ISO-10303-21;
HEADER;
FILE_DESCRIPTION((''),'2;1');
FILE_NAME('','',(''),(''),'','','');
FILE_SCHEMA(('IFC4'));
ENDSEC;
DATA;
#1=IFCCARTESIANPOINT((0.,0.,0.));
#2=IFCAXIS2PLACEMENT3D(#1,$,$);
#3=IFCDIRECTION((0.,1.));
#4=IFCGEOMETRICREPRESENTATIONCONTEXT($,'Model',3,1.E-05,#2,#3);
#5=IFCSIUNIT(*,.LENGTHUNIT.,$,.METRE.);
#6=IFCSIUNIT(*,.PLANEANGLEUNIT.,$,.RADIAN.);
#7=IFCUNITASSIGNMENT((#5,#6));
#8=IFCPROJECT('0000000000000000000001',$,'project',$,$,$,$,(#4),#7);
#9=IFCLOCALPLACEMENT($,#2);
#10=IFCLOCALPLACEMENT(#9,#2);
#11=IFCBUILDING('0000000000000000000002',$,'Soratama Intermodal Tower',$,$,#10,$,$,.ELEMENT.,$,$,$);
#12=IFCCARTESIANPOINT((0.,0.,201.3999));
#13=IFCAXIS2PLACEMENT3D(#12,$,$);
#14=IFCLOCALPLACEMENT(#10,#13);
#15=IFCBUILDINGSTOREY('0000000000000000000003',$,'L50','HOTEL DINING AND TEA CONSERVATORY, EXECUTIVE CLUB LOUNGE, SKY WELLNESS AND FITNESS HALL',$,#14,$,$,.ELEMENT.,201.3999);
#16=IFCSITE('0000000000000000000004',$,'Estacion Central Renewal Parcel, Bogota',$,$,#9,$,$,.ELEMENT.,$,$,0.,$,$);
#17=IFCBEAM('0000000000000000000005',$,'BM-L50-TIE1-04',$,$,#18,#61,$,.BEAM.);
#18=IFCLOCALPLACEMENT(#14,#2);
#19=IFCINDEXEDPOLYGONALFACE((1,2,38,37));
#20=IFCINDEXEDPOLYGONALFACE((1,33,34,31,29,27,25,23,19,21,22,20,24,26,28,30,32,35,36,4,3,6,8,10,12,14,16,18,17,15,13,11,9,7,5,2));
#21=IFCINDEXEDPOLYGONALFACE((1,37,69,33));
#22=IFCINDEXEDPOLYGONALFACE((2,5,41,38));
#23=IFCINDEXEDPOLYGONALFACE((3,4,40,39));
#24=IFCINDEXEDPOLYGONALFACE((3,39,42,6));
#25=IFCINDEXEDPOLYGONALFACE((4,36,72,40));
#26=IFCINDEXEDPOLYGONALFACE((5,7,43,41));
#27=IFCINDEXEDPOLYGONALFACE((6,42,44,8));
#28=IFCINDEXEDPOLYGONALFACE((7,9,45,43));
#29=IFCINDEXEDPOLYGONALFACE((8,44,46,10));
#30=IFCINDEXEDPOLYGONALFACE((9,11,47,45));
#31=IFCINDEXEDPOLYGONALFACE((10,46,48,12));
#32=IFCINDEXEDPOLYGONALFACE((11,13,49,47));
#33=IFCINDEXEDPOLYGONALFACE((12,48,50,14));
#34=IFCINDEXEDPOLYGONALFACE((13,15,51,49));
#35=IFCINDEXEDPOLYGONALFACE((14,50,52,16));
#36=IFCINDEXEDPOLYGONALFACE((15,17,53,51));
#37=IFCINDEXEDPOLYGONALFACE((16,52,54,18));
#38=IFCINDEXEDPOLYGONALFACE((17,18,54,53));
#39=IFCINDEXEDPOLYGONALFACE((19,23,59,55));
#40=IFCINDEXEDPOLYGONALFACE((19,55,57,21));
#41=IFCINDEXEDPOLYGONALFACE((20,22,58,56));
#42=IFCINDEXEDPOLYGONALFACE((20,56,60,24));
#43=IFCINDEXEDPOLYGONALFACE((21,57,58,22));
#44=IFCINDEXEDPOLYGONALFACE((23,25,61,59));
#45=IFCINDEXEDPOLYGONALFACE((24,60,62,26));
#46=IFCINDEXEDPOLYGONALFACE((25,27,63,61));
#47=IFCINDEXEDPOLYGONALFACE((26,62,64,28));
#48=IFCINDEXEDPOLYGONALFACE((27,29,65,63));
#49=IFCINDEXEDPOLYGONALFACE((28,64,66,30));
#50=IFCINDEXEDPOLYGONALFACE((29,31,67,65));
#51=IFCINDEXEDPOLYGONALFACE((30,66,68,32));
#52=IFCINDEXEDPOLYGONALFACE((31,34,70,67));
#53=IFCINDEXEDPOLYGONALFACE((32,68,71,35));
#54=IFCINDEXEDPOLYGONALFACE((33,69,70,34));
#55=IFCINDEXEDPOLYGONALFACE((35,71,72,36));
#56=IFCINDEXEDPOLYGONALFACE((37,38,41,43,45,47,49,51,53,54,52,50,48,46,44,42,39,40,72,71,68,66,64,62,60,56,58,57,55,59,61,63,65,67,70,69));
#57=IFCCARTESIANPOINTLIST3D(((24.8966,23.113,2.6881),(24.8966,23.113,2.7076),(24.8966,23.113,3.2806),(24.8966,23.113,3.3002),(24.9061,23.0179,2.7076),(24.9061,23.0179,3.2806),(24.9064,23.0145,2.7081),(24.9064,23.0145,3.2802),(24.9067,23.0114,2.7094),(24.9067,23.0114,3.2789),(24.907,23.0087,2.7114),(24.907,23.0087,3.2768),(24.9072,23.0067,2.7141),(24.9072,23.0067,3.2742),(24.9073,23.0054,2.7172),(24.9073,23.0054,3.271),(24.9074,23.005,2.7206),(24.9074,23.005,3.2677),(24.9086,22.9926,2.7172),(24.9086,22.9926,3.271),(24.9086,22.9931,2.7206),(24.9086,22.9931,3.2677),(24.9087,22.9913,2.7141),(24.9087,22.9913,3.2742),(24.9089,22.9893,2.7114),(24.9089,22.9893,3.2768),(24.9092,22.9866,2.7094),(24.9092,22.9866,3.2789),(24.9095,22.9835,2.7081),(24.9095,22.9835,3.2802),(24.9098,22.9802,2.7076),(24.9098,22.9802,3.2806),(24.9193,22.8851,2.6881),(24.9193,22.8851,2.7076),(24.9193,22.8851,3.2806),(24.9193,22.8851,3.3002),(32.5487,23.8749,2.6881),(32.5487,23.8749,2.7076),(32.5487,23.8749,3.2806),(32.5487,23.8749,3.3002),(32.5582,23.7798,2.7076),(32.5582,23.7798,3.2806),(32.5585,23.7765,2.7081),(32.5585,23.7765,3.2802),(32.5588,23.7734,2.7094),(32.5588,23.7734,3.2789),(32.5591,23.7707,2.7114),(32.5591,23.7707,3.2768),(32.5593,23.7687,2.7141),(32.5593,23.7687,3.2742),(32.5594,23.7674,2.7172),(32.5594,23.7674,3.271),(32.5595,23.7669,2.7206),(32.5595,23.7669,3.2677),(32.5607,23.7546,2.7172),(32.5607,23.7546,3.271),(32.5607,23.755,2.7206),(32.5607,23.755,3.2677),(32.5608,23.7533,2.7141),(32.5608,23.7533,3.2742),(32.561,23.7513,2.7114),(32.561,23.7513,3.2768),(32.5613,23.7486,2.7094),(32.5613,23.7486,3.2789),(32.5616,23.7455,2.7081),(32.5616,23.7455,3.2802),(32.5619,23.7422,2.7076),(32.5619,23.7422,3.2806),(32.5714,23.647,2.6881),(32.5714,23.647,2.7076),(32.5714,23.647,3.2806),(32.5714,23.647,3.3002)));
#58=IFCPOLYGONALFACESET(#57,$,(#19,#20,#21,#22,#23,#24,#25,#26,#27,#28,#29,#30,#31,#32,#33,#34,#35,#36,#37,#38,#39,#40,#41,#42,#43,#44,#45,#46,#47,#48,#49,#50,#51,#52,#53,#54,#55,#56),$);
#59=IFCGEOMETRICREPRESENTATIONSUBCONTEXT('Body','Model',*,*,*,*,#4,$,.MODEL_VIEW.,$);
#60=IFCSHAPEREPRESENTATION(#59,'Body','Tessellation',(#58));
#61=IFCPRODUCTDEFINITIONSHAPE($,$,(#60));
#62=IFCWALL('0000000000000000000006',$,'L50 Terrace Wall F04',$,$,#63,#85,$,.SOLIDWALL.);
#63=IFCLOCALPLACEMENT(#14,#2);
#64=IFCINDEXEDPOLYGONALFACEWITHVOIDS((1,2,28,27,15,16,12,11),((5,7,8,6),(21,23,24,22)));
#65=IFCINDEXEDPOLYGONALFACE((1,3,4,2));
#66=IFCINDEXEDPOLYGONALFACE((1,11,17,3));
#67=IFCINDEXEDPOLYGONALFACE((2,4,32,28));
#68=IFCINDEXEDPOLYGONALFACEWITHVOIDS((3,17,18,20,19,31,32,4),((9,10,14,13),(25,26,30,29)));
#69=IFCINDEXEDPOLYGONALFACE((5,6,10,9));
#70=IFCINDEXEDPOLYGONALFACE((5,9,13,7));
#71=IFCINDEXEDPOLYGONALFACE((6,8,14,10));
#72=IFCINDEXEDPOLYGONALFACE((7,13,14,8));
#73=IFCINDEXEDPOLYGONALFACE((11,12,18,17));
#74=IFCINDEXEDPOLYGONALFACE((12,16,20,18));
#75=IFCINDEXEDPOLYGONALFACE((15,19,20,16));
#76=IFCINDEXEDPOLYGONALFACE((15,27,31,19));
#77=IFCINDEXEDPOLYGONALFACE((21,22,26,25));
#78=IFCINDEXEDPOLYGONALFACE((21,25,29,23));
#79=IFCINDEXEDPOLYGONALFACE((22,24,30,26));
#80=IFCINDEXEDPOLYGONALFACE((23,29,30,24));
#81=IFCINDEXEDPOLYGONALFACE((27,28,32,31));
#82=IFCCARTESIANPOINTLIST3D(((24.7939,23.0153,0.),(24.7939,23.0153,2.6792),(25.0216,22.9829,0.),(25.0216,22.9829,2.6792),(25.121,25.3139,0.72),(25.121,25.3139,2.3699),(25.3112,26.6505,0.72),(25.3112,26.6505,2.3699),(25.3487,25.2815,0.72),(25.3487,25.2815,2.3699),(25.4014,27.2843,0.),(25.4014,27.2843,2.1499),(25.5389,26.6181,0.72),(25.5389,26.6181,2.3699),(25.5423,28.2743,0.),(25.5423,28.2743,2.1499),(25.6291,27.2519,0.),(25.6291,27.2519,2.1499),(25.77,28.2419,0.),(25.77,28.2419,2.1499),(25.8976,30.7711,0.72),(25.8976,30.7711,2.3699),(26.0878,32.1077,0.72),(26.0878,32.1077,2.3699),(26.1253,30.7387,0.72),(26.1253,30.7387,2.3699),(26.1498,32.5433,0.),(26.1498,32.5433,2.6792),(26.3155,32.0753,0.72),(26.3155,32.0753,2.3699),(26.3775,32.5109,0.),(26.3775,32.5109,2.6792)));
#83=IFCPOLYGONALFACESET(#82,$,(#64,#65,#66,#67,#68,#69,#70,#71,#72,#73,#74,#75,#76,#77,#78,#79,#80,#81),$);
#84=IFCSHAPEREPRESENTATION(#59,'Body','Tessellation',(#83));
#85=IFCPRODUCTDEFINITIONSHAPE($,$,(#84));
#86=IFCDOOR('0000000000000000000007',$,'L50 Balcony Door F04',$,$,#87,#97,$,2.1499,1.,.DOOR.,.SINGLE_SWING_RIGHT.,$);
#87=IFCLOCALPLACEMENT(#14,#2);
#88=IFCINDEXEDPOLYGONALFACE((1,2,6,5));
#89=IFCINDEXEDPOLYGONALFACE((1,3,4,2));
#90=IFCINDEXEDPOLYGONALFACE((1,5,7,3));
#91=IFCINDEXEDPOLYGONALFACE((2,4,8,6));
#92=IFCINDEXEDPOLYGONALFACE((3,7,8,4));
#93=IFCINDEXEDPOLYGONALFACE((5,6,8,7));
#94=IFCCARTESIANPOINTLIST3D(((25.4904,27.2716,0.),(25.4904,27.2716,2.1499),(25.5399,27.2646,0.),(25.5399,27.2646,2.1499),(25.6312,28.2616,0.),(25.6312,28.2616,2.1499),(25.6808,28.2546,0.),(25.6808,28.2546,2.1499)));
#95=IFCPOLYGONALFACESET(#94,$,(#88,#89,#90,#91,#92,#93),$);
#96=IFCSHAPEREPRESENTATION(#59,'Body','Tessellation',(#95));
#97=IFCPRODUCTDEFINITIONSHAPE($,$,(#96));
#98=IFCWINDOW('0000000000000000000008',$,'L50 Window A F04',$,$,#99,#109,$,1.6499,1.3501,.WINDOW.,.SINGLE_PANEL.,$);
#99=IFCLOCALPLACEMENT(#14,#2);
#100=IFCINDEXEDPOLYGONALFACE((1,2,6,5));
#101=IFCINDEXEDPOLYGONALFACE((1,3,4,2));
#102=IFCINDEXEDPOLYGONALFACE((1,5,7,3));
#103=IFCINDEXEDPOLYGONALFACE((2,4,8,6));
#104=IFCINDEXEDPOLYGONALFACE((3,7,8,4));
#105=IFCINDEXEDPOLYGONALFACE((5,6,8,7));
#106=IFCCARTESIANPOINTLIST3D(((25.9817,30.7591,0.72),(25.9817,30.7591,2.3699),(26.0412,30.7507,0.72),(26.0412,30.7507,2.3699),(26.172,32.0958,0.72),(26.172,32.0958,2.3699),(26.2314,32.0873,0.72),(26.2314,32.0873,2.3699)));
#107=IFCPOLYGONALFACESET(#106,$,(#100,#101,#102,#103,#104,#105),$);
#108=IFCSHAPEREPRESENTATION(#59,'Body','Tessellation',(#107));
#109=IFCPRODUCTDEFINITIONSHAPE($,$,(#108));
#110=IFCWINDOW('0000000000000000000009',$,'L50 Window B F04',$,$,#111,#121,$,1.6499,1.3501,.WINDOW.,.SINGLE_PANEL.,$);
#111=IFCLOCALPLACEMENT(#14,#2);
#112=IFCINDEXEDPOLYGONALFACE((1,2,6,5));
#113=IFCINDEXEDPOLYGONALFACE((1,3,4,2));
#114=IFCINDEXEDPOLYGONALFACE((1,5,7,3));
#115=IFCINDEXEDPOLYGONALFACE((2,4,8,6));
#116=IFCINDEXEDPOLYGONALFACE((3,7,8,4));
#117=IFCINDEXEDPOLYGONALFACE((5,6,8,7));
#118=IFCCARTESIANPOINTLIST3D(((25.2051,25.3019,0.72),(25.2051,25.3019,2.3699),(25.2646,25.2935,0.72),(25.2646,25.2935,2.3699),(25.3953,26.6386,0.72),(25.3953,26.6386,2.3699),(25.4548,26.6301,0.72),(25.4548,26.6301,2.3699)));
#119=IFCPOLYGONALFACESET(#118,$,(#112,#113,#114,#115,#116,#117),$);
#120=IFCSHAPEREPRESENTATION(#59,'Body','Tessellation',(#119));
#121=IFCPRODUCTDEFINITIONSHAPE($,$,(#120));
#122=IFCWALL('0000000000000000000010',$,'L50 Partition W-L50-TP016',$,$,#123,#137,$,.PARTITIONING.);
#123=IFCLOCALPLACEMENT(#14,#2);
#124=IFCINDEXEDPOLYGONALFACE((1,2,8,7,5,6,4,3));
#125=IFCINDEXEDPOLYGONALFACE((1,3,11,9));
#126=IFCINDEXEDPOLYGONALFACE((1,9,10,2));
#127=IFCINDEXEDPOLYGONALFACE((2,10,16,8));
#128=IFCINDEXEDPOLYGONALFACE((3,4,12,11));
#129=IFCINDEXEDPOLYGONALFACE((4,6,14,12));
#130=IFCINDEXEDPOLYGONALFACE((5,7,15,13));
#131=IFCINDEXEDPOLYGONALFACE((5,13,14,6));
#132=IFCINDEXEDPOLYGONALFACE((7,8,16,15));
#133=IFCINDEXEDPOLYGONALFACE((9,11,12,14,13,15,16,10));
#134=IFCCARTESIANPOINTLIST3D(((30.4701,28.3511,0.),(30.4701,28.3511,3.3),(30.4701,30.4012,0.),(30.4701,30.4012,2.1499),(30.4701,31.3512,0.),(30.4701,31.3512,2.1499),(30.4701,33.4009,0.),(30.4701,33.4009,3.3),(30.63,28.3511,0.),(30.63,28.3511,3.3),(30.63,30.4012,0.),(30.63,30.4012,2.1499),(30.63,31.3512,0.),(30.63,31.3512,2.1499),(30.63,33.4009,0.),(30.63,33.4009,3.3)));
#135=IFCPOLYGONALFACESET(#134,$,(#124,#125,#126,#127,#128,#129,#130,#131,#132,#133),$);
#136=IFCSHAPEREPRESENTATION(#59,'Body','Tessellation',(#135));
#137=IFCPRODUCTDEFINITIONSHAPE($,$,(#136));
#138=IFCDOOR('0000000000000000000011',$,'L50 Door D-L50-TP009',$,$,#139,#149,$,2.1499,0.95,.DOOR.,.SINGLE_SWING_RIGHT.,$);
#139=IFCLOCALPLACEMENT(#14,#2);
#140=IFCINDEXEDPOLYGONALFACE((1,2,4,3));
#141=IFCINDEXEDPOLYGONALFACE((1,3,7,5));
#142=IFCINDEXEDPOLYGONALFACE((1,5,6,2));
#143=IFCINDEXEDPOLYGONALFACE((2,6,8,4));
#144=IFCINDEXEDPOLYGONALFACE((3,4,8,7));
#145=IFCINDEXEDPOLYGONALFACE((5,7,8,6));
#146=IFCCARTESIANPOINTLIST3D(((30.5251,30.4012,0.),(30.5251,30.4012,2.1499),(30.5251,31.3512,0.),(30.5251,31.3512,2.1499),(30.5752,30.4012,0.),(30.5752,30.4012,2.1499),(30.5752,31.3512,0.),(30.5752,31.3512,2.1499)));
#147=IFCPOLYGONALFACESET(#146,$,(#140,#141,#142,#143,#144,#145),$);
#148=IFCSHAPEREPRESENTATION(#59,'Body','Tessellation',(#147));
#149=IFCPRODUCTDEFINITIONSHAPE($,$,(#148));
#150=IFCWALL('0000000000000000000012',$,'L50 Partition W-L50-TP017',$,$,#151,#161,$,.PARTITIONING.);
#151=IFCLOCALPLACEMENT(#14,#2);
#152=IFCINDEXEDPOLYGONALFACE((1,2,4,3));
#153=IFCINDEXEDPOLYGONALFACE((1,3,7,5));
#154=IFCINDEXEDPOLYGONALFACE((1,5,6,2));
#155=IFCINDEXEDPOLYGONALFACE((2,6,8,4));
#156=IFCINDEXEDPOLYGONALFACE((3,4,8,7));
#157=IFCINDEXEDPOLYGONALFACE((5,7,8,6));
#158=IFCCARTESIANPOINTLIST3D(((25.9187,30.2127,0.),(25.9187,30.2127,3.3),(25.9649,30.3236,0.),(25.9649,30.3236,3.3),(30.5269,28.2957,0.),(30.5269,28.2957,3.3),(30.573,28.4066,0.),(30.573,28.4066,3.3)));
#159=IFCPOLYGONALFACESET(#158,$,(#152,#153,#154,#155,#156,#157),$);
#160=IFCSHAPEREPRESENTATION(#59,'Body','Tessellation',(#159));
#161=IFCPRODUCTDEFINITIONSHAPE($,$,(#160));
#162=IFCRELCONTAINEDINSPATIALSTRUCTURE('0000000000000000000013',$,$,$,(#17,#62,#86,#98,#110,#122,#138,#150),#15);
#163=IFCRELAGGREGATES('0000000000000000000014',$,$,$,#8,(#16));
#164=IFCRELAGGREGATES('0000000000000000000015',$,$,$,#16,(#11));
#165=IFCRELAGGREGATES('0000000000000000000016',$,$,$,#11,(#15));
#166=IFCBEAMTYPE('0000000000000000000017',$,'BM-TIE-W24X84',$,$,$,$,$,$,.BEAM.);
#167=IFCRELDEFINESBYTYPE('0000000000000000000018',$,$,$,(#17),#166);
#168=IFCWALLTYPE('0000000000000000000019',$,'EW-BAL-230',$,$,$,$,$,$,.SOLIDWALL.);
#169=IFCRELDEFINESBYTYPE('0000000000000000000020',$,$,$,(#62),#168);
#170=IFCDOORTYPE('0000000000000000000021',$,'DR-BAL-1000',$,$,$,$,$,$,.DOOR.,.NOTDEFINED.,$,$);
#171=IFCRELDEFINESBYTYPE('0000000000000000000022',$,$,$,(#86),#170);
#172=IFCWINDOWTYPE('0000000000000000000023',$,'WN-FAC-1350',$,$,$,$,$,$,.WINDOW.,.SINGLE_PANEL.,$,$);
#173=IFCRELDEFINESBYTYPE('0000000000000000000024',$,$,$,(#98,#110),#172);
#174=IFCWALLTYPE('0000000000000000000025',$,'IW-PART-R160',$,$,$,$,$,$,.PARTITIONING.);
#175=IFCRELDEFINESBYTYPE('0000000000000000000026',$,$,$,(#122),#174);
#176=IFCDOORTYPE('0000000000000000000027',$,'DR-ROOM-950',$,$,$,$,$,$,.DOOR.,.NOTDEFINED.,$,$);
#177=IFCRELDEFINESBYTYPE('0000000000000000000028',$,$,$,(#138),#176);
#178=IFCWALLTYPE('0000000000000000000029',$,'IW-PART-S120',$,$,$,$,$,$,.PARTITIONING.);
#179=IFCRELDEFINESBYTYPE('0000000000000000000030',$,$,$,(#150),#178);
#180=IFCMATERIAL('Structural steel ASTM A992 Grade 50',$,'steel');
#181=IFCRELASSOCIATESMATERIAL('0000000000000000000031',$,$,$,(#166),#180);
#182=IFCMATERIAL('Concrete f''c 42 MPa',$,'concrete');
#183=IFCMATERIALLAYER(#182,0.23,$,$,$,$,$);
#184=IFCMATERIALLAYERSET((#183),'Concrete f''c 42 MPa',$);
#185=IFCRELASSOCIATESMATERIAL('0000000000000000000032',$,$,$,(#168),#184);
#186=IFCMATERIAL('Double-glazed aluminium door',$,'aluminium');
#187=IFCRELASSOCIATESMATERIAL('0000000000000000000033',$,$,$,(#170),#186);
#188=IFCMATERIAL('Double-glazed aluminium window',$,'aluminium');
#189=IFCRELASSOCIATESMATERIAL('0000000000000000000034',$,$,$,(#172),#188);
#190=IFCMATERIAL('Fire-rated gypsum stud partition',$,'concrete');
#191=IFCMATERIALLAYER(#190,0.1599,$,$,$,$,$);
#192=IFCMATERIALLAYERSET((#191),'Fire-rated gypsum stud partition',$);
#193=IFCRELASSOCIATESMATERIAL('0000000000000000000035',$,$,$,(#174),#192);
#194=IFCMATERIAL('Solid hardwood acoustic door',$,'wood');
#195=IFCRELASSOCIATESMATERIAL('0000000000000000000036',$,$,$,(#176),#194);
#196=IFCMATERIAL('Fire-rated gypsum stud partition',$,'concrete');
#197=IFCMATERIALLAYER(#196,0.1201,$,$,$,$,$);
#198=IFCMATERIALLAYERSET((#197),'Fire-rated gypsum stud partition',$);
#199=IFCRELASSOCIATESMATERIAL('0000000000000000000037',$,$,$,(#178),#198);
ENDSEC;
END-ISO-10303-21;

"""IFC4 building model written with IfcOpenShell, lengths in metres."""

from ifc_helpers import new_model, si_unit, direction, frame, frame_2d, origin, origin_2d, place, context, subcontext, project, spatial, rectangle, i_section, extrude, material, layer, layer_set, material_profile, profile_set, type_object, element, fill, save


model = new_model("IFC4")

# Units and contexts
model_context = context("Model", 3, precision=1e-05, world=origin(), true_north=direction((0.0, 1.0)))
body_context = subcontext(model_context, "Body", "Model", "MODEL_VIEW")
ifc_project = project(units=[si_unit("LENGTHUNIT", "METRE"), si_unit("PLANEANGLEUNIT", "RADIAN")], contexts=[model_context])

# Site, building, storey
site_placement = place(None, origin())
site = spatial("IfcSite", under=ifc_project, at=site_placement, Name="Estacion Central Renewal Parcel, Bogota", CompositionType="ELEMENT", RefElevation=0.0)
building_placement = place(site_placement, origin())
building = spatial("IfcBuilding", under=site, at=building_placement, Name="Soratama Intermodal Tower", CompositionType="ELEMENT")
storey_placement = place(building_placement, frame((0.0, 0.0, 201.3999)))
storey = spatial("IfcBuildingStorey", under=building, at=storey_placement, Name="L50", Description="HOTEL DINING AND TEA CONSERVATORY, EXECUTIVE CLUB LOUNGE, SKY WELLNESS AND FITNESS HALL", CompositionType="ELEMENT", Elevation=201.3999)

# Beam
ifc_material_1 = material(Name="Structural steel ASTM A992 Grade 50", Category="steel")
ifc_material_profile_1 = material_profile(ifc_material_1, i_section(OverallWidth=0.229, OverallDepth=0.6121, WebThickness=0.012, FlangeThickness=0.0195, FilletRadius=0.0129, at=origin_2d()), Name="W24X84")
ifc_profile_set_1 = profile_set([ifc_material_profile_1], Name="Structural steel ASTM A992 Grade 50")
beam_type_1 = type_object("IfcBeamType", Name="BM-TIE-W24X84", PredefinedType="BEAM", material=ifc_profile_set_1)
beam_1_placement = place(storey_placement, frame((32.5601, 23.761, 2.9941), z_axis=(-0.995079, -0.099086, 0.0), x_axis=(0.099086, -0.995079, 0.0)))
element("IfcBeam", 1, at=beam_1_placement, inside=storey, type_object=beam_type_1, Name="BM-L50-TIE1-04", PredefinedType="BEAM", context=body_context, shape_type="SweptSolid", body=[
    extrude(i_section(OverallWidth=0.229, OverallDepth=0.6121, WebThickness=0.012, FlangeThickness=0.0195, FilletRadius=0.0129, at=origin_2d()), origin(), (0.0, 0.0, 1.0), 7.6899),
])

# Wall, openings, door, windows
ifc_material_2 = material(Name="Concrete f'c 42 MPa", Category="concrete")
ifc_layer_1 = layer(ifc_material_2, 0.23)
ifc_layer_set_1 = layer_set([ifc_layer_1], Name="Concrete f'c 42 MPa")
wall_type_1 = type_object("IfcWallType", Name="EW-BAL-230", PredefinedType="SOLIDWALL", material=ifc_layer_set_1)
wall_1_placement = place(storey_placement, frame((26.2637, 32.5271, 0.0), z_axis=(0.0, 0.0, 1.0), x_axis=(-0.140892, -0.990025, 0.0)))
wall_1 = element("IfcWall", 2, at=wall_1_placement, inside=storey, type_object=wall_type_1, Name="L50 Terrace Wall F04", PredefinedType="SOLIDWALL", context=body_context, shape_type="SweptSolid", body=[
    extrude(rectangle(XDim=9.624, YDim=0.23, at=frame_2d((4.812, 0.0))), origin(), (0.0, 0.0, 1.0), 2.6792),
])
opening_1_placement = place(wall_1_placement, frame((4.312, 0.0, 0.0)))
opening_1 = element("IfcOpeningElement", 3, at=opening_1_placement, cuts=wall_1, PredefinedType="OPENING", context=body_context, shape_type="SweptSolid", body=[
    extrude(rectangle(XDim=1.0, YDim=2.1499, at=frame_2d((0.5, 1.075))), frame((0.0, 0.125, 0.0), z_axis=(0.0, -1.0, 0.0), x_axis=(1.0, 0.0, 0.0)), (0.0, 0.0, 1.0), 0.25),
])
opening_2_placement = place(wall_1_placement, frame((0.4399, 0.0, 0.72)))
opening_2 = element("IfcOpeningElement", 4, at=opening_2_placement, cuts=wall_1, PredefinedType="OPENING", context=body_context, shape_type="SweptSolid", body=[
    extrude(rectangle(XDim=1.3501, YDim=1.6499, at=frame_2d((0.675, 0.825))), frame((0.0, 0.125, 0.0), z_axis=(0.0, -1.0, 0.0), x_axis=(1.0, 0.0, 0.0)), (0.0, 0.0, 1.0), 0.25),
])
opening_3_placement = place(wall_1_placement, frame((5.9521, 0.0, 0.72)))
opening_3 = element("IfcOpeningElement", 5, at=opening_3_placement, cuts=wall_1, PredefinedType="OPENING", context=body_context, shape_type="SweptSolid", body=[
    extrude(rectangle(XDim=1.3501, YDim=1.6499, at=frame_2d((0.675, 0.825))), frame((0.0, 0.125, 0.0), z_axis=(0.0, -1.0, 0.0), x_axis=(1.0, 0.0, 0.0)), (0.0, 0.0, 1.0), 0.25),
])
ifc_material_3 = material(Name="Double-glazed aluminium door", Category="aluminium")
door_type_1 = type_object("IfcDoorType", Name="DR-BAL-1000", OperationType="NOTDEFINED", PredefinedType="DOOR", material=ifc_material_3)
door_1_placement = place(opening_1_placement, origin())
door_1 = element("IfcDoor", 6, at=door_1_placement, inside=storey, type_object=door_type_1, Name="L50 Balcony Door F04", OperationType="SINGLE_SWING_RIGHT", OverallHeight=2.1499, OverallWidth=1.0, PredefinedType="DOOR", context=body_context, shape_type="SweptSolid", body=[
    extrude(rectangle(XDim=1.0, YDim=2.1499, at=frame_2d((0.5, 1.075))), frame((0.0, 0.0249, 0.0), z_axis=(0.0, -1.0, 0.0), x_axis=(1.0, 0.0, 0.0)), (0.0, 0.0, 1.0), 0.05),
])
fill(opening_1, door_1)
ifc_material_4 = material(Name="Double-glazed aluminium window", Category="aluminium")
window_type = type_object("IfcWindowType", Name="WN-FAC-1350", PartitioningType="SINGLE_PANEL", PredefinedType="WINDOW", material=ifc_material_4)
window_1_placement = place(opening_2_placement, origin())
window_1 = element("IfcWindow", 7, at=window_1_placement, inside=storey, type_object=window_type, Name="L50 Window A F04", OverallHeight=1.6499, OverallWidth=1.3501, PartitioningType="SINGLE_PANEL", PredefinedType="WINDOW", context=body_context, shape_type="SweptSolid", body=[
    extrude(rectangle(XDim=1.3501, YDim=1.6499, at=frame_2d((0.675, 0.825))), frame((0.0, 0.03, 0.0), z_axis=(0.0, -1.0, 0.0), x_axis=(1.0, 0.0, 0.0)), (0.0, 0.0, 1.0), 0.0601),
])
fill(opening_2, window_1)
window_2_placement = place(opening_3_placement, origin())
window_2 = element("IfcWindow", 8, at=window_2_placement, inside=storey, type_object=window_type, Name="L50 Window B F04", OverallHeight=1.6499, OverallWidth=1.3501, PartitioningType="SINGLE_PANEL", PredefinedType="WINDOW", context=body_context, shape_type="SweptSolid", body=[
    extrude(rectangle(XDim=1.3501, YDim=1.6499, at=frame_2d((0.675, 0.825))), frame((0.0, 0.03, 0.0), z_axis=(0.0, -1.0, 0.0), x_axis=(1.0, 0.0, 0.0)), (0.0, 0.0, 1.0), 0.0601),
])
fill(opening_3, window_2)

# Wall, opening, door
ifc_material_5 = material(Name="Fire-rated gypsum stud partition", Category="concrete")
ifc_layer_2 = layer(ifc_material_5, 0.1599)
ifc_layer_set_2 = layer_set([ifc_layer_2], Name="Fire-rated gypsum stud partition")
wall_type_2 = type_object("IfcWallType", Name="IW-PART-R160", PredefinedType="PARTITIONING", material=ifc_layer_set_2)
wall_2_placement = place(storey_placement, frame((30.55, 28.3511, 0.0), z_axis=(0.0, 0.0, 1.0), x_axis=(0.0, 1.0, 0.0)))
wall_2 = element("IfcWall", 9, at=wall_2_placement, inside=storey, type_object=wall_type_2, Name="L50 Partition W-L50-TP016", PredefinedType="PARTITIONING", context=body_context, shape_type="SweptSolid", body=[
    extrude(rectangle(XDim=5.0498, YDim=0.1599, at=frame_2d((2.5249, 0.0))), origin(), (0.0, 0.0, 1.0), 3.3),
])
opening_4_placement = place(wall_2_placement, frame((2.05, 0.0, 0.0)))
opening_4 = element("IfcOpeningElement", 10, at=opening_4_placement, cuts=wall_2, PredefinedType="OPENING", context=body_context, shape_type="SweptSolid", body=[
    extrude(rectangle(XDim=0.95, YDim=2.1499, at=frame_2d((0.4751, 1.075))), frame((0.0, 0.0898, 0.0), z_axis=(0.0, -1.0, 0.0), x_axis=(1.0, 0.0, 0.0)), (0.0, 0.0, 1.0), 0.1799),
])
ifc_material_6 = material(Name="Solid hardwood acoustic door", Category="wood")
door_type_2 = type_object("IfcDoorType", Name="DR-ROOM-950", OperationType="NOTDEFINED", PredefinedType="DOOR", material=ifc_material_6)
door_2_placement = place(opening_4_placement, origin())
door_2 = element("IfcDoor", 11, at=door_2_placement, inside=storey, type_object=door_type_2, Name="L50 Door D-L50-TP009", OperationType="SINGLE_SWING_RIGHT", OverallHeight=2.1499, OverallWidth=0.95, PredefinedType="DOOR", context=body_context, shape_type="SweptSolid", body=[
    extrude(rectangle(XDim=0.95, YDim=2.1499, at=frame_2d((0.4751, 1.075))), frame((0.0, 0.0249, 0.0), z_axis=(0.0, -1.0, 0.0), x_axis=(1.0, 0.0, 0.0)), (0.0, 0.0, 1.0), 0.05),
])
fill(opening_4, door_2)

# Wall
ifc_material_7 = material(Name="Fire-rated gypsum stud partition", Category="concrete")
ifc_layer_3 = layer(ifc_material_7, 0.1201)
ifc_layer_set_3 = layer_set([ifc_layer_3], Name="Fire-rated gypsum stud partition")
wall_type_3 = type_object("IfcWallType", Name="IW-PART-S120", PredefinedType="PARTITIONING", material=ifc_layer_set_3)
wall_3_placement = place(storey_placement, frame((30.55, 28.3511, 0.0), z_axis=(0.0, 0.0, 1.0), x_axis=(-0.923295, 0.384091, 0.0)))
element("IfcWall", 12, at=wall_3_placement, inside=storey, type_object=wall_type_3, Name="L50 Partition W-L50-TP017", PredefinedType="PARTITIONING", context=body_context, shape_type="SweptSolid", body=[
    extrude(rectangle(XDim=4.991, YDim=0.1201, at=frame_2d((2.4956, 0.0))), origin(), (0.0, 0.0, 1.0), 3.3),
])

save(model, "model.ifc")
